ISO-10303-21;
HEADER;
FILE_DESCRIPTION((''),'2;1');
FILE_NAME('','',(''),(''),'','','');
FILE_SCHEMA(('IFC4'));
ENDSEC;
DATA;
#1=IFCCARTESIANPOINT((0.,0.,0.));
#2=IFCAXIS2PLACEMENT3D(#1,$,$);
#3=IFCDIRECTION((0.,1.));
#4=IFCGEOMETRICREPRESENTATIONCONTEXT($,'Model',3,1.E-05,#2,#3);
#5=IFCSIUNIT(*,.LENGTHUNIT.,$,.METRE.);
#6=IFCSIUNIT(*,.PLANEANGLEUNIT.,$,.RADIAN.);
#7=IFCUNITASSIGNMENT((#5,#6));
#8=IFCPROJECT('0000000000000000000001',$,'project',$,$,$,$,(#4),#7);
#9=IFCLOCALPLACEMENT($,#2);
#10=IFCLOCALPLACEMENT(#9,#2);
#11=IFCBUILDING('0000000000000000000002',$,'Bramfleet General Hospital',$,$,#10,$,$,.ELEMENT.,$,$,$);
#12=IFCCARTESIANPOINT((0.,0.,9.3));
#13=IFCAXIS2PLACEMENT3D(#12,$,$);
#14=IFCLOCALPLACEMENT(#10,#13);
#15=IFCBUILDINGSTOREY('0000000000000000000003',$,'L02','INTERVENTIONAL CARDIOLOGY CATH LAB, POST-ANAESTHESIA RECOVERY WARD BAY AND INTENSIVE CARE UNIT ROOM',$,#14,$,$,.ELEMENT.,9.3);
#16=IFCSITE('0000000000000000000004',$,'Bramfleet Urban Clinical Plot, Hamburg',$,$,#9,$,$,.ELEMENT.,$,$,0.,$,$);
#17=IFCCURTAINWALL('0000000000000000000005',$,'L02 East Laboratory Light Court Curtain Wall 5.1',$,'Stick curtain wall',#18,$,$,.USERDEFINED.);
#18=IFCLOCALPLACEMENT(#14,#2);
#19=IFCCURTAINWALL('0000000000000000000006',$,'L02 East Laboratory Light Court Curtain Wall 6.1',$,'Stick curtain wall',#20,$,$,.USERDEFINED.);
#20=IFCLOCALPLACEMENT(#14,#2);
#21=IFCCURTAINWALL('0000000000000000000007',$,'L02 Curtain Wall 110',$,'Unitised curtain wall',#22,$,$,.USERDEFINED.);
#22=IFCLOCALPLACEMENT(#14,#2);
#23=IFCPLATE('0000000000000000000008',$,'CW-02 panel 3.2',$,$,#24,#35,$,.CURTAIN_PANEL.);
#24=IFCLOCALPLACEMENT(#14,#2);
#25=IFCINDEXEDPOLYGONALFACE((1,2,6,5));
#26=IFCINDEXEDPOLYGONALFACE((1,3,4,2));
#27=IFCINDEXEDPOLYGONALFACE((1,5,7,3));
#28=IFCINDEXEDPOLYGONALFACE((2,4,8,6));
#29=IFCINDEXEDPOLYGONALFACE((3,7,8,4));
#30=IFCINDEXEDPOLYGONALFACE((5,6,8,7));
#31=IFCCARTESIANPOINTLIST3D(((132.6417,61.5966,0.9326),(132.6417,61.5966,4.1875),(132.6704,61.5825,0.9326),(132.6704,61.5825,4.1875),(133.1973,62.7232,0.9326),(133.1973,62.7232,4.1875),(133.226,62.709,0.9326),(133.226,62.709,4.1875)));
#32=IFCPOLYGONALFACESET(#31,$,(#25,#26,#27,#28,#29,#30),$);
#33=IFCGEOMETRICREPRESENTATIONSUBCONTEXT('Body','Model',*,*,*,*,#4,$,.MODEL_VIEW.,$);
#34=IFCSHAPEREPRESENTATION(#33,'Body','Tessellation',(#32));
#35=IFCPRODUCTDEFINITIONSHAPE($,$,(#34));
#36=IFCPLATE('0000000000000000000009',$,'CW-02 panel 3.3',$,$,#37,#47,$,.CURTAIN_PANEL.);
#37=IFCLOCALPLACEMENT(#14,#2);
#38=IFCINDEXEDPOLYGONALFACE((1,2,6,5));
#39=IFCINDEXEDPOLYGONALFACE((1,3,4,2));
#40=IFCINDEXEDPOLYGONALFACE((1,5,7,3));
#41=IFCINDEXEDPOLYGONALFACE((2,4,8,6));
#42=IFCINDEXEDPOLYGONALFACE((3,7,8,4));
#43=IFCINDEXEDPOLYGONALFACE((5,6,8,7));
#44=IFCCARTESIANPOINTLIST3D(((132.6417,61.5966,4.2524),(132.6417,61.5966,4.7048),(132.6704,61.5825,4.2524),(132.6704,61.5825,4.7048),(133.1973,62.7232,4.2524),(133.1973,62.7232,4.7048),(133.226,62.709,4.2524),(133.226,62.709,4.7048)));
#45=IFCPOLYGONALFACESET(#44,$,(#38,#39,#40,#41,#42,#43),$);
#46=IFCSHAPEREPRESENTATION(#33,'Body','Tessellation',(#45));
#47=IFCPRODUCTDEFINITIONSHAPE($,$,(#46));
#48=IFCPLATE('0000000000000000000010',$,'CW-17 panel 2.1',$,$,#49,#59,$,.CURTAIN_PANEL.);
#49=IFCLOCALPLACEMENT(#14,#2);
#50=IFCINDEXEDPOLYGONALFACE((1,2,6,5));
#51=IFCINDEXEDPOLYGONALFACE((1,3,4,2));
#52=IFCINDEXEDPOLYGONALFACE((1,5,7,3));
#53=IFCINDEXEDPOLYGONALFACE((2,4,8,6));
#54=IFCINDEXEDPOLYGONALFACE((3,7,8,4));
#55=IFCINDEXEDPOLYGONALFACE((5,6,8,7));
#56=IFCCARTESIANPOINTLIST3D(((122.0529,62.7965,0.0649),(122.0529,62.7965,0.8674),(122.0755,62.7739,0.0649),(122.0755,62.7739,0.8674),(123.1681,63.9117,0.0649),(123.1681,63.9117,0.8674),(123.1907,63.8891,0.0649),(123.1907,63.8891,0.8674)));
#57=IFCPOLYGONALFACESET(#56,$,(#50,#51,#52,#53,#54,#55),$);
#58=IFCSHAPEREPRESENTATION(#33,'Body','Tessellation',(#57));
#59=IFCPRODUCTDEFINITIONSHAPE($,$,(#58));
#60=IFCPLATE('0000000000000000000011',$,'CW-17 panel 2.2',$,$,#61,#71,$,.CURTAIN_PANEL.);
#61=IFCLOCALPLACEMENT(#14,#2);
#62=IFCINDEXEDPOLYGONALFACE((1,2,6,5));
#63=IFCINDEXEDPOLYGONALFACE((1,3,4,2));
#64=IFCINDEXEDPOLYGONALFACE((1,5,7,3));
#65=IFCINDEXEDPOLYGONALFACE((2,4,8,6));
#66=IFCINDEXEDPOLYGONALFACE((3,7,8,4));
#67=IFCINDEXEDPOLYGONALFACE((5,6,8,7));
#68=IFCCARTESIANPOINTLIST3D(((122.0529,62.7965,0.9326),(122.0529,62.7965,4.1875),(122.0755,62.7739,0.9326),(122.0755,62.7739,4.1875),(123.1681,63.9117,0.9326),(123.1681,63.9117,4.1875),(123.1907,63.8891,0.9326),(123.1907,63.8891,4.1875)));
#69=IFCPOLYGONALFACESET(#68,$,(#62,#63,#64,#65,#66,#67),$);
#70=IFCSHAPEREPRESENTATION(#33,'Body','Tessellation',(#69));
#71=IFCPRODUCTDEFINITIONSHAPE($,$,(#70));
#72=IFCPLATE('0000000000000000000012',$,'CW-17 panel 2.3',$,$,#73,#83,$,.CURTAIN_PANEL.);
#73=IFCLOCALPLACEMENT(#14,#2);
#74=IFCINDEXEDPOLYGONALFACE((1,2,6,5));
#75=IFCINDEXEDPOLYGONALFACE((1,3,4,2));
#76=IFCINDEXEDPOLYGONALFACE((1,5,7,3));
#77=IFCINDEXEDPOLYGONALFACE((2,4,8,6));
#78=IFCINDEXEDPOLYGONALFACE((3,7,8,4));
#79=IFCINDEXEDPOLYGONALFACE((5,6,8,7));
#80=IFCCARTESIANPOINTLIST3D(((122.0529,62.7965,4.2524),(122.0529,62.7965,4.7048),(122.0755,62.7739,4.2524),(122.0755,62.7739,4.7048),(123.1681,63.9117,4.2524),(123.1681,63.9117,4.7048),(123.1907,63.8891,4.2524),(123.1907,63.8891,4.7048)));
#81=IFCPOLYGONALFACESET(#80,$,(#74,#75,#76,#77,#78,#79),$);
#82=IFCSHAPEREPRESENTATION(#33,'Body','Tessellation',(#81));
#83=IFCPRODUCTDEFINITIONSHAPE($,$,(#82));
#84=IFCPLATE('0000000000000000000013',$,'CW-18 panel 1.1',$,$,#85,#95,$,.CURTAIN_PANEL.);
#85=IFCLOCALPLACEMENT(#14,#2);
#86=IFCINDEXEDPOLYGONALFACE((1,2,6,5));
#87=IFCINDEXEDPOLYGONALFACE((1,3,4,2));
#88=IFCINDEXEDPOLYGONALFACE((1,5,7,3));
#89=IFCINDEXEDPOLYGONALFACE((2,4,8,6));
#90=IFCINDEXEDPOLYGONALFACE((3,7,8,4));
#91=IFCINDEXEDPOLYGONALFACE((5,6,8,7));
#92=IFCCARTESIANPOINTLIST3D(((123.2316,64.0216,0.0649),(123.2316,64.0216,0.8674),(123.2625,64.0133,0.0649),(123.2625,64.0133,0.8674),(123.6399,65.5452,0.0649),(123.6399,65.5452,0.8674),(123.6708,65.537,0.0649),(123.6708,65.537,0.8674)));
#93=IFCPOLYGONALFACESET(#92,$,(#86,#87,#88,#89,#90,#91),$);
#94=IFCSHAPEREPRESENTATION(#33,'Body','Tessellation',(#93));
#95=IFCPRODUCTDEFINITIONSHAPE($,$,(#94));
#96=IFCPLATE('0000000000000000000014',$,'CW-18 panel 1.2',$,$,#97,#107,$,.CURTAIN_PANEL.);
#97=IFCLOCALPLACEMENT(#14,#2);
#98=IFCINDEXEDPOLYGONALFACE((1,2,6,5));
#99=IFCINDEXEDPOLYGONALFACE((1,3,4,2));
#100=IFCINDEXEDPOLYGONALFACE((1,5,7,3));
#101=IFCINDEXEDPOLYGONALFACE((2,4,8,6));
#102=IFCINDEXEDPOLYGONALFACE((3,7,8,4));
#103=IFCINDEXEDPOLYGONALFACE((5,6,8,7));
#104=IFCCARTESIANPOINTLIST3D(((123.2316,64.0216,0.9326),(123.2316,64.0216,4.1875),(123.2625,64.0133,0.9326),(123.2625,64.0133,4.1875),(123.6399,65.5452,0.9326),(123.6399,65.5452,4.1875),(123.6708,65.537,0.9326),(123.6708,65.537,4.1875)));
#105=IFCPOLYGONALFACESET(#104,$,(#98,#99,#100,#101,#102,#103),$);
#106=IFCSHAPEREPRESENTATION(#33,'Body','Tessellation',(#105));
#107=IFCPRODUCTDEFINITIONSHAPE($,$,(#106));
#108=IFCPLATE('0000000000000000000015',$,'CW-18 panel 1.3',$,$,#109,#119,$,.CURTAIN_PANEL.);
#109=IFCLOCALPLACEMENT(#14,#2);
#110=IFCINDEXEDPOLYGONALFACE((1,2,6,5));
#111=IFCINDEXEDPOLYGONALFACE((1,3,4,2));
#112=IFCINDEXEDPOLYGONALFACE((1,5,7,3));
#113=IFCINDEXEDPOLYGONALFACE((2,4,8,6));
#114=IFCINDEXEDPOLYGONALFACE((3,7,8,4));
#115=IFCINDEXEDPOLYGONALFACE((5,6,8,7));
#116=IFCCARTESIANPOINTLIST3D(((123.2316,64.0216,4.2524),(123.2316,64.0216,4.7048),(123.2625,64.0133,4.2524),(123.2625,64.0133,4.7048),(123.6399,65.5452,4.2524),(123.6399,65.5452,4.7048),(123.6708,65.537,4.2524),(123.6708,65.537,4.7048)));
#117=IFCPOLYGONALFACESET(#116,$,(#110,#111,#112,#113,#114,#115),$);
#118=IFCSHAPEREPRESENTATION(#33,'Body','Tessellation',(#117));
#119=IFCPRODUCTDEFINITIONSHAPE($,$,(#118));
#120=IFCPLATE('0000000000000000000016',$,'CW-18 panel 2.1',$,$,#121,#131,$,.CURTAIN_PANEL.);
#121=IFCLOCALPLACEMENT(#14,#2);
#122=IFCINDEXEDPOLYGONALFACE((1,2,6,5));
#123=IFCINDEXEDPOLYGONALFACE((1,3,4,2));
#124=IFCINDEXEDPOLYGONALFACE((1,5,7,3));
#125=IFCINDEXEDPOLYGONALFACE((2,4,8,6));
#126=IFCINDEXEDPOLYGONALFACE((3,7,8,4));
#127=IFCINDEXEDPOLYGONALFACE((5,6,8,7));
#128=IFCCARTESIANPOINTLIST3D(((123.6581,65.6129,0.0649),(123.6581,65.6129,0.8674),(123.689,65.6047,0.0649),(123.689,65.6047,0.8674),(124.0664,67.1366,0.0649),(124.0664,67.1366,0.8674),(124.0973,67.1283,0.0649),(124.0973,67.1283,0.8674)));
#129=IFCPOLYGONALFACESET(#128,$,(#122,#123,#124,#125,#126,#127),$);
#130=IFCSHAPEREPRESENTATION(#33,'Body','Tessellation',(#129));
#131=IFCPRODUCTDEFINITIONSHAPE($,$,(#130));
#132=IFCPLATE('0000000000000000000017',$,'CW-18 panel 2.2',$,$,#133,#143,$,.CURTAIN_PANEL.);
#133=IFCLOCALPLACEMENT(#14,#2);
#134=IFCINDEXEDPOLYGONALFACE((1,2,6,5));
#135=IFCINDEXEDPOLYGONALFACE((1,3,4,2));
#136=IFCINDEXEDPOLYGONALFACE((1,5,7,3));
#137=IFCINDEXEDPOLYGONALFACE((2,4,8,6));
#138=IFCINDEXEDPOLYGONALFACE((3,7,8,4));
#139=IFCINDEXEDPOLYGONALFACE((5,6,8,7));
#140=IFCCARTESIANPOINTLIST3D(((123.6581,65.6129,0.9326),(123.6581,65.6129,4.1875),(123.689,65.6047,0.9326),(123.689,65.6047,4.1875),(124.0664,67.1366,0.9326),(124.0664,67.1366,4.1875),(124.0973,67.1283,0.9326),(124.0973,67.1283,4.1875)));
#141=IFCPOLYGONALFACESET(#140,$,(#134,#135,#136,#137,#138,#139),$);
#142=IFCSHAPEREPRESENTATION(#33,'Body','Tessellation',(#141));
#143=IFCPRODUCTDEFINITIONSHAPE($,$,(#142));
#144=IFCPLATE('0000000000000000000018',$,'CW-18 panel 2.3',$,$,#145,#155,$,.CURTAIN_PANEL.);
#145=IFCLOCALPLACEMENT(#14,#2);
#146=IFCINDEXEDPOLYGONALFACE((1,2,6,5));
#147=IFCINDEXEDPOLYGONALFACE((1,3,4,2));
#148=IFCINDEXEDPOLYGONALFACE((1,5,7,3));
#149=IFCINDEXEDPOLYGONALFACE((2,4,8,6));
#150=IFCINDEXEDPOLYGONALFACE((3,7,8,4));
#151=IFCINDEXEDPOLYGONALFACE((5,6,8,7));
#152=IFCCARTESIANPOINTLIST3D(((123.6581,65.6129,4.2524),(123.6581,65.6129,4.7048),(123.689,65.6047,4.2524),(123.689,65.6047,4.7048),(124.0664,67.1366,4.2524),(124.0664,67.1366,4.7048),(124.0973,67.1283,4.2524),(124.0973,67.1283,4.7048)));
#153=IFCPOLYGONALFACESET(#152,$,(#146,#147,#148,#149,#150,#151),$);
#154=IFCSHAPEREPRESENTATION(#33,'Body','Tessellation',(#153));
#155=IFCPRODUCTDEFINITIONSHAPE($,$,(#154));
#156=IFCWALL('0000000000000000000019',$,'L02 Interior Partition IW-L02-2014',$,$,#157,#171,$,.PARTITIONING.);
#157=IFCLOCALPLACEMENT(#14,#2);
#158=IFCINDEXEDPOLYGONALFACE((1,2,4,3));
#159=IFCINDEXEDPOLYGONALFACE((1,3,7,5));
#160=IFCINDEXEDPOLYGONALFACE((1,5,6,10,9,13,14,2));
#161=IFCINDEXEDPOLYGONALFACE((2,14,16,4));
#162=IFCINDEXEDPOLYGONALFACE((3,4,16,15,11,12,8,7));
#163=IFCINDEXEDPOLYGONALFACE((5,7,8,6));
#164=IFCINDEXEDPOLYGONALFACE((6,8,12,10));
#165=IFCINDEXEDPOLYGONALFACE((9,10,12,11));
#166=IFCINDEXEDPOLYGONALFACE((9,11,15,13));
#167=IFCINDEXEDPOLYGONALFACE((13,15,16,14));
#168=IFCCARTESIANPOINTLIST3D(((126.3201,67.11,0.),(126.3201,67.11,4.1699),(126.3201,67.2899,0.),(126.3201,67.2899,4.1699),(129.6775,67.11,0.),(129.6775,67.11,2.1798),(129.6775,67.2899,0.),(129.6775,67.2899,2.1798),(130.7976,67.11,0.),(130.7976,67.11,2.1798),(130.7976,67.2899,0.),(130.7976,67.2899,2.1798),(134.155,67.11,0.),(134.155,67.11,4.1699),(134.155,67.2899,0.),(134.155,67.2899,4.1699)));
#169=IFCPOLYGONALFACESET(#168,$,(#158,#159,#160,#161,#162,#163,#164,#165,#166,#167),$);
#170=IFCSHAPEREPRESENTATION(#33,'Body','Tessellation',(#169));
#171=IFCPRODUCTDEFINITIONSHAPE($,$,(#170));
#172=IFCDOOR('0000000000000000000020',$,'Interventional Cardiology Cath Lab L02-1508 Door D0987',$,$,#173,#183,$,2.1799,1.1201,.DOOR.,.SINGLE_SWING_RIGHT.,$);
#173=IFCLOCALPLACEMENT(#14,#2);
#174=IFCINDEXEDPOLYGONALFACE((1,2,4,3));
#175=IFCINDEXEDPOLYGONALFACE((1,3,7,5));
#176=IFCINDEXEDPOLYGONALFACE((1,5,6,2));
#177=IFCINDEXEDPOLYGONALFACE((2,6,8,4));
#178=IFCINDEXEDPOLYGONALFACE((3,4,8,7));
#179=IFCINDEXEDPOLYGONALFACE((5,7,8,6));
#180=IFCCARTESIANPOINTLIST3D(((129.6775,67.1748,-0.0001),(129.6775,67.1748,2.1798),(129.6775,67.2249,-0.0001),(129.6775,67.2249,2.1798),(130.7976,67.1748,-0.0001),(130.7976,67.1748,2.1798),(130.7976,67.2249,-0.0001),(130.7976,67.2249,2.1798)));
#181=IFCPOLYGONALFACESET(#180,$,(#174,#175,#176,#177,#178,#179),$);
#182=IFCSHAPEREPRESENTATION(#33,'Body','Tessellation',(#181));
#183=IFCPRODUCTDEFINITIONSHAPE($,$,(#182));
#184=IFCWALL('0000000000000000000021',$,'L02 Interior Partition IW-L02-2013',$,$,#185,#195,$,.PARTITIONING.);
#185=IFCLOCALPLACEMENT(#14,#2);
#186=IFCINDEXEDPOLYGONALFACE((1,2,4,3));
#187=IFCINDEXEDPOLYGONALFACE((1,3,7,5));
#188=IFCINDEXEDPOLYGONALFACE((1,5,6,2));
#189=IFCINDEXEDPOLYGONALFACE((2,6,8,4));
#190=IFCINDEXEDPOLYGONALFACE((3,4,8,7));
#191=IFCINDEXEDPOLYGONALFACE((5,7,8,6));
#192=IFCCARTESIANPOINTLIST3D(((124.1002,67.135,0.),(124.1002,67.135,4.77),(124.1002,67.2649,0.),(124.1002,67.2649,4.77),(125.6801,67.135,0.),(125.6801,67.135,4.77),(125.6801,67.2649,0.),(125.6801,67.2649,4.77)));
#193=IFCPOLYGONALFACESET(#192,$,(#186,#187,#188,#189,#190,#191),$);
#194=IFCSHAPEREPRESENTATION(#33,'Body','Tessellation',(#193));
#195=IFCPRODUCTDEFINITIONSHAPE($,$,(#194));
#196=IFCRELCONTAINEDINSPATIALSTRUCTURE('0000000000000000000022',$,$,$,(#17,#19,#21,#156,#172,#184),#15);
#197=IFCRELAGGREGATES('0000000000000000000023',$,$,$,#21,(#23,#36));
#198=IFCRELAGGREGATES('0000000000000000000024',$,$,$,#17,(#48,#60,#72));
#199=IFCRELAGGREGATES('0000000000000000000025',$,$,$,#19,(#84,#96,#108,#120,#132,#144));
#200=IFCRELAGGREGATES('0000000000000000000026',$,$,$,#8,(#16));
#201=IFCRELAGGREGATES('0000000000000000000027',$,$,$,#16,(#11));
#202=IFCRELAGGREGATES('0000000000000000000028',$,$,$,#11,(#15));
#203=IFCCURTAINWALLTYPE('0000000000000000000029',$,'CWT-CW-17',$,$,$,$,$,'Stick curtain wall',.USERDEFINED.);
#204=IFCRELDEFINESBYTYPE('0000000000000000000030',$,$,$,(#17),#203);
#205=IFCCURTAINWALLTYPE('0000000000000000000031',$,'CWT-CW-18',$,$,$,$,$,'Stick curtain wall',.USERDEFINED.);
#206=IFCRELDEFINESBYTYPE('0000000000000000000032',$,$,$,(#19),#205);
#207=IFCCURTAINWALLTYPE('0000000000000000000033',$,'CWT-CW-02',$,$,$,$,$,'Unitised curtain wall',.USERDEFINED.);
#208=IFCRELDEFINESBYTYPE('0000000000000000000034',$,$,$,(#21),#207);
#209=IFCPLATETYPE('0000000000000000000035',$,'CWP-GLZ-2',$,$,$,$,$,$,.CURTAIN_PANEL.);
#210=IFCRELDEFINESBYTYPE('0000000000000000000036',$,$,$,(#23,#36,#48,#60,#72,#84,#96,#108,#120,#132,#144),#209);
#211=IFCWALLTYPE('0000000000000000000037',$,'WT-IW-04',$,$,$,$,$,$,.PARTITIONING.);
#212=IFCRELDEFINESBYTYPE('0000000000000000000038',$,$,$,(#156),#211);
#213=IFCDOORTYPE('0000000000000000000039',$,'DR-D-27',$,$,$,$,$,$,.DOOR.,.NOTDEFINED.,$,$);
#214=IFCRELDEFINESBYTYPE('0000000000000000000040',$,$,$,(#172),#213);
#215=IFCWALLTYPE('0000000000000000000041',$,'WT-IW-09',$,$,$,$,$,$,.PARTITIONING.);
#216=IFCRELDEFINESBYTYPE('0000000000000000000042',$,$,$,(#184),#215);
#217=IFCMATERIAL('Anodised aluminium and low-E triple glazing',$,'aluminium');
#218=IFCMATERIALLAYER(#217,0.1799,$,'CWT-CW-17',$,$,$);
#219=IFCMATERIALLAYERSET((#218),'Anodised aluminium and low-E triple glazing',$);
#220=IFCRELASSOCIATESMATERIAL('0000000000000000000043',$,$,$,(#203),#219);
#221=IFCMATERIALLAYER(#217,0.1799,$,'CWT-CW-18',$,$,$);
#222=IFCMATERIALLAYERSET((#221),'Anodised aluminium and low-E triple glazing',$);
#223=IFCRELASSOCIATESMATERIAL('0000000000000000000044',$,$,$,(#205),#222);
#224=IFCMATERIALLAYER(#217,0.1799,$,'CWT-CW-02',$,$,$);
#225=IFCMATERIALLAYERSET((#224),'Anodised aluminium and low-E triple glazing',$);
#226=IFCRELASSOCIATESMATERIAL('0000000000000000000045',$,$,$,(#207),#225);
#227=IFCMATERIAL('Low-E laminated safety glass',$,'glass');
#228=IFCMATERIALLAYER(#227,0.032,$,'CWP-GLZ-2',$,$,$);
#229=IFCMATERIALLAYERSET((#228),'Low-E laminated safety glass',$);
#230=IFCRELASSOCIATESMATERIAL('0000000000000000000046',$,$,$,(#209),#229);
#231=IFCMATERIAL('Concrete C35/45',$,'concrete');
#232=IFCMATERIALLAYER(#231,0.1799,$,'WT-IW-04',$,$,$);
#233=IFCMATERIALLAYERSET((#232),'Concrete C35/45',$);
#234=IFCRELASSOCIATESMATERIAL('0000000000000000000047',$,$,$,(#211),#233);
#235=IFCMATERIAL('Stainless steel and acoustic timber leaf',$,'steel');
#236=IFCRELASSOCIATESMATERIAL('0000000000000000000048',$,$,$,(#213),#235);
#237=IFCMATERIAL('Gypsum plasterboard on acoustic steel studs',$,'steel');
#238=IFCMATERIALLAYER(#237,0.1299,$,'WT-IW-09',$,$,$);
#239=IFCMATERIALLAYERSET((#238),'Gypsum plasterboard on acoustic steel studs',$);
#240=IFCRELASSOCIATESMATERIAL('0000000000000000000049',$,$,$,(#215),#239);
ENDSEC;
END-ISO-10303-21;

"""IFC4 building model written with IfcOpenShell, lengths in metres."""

from ifc_helpers import new_model, si_unit, direction, frame, frame_2d, origin, origin_2d, place, context, subcontext, project, spatial, rectangle, extrude, material, layer, layer_set, type_object, element, fill, aggregate, save


model = new_model("IFC4")

# Units and contexts
model_context = context("Model", 3, precision=1e-05, world=origin(), true_north=direction((0.0, 1.0)))
body_context = subcontext(model_context, "Body", "Model", "MODEL_VIEW")
ifc_project = project(units=[si_unit("LENGTHUNIT", "METRE"), si_unit("PLANEANGLEUNIT", "RADIAN")], contexts=[model_context])

# Site, building, storey
site_placement = place(None, origin())
site = spatial("IfcSite", under=ifc_project, at=site_placement, Name="Bramfleet Urban Clinical Plot, Hamburg", CompositionType="ELEMENT", RefElevation=0.0)
building_placement = place(site_placement, origin())
building = spatial("IfcBuilding", under=site, at=building_placement, Name="Bramfleet General Hospital", CompositionType="ELEMENT")
storey_placement = place(building_placement, frame((0.0, 0.0, 9.3)))
storey = spatial("IfcBuildingStorey", under=building, at=storey_placement, Name="L02", Description="INTERVENTIONAL CARDIOLOGY CATH LAB, POST-ANAESTHESIA RECOVERY WARD BAY AND INTENSIVE CARE UNIT ROOM", CompositionType="ELEMENT", Elevation=9.3)

# Curtain wall
ifc_material_1 = material(Name="Anodised aluminium and low-E triple glazing", Category="aluminium")
ifc_layer_1 = layer(ifc_material_1, 0.1799, Name="CWT-CW-17")
ifc_layer_set_1 = layer_set([ifc_layer_1], Name="Anodised aluminium and low-E triple glazing")
curtain_wall_type_1 = type_object("IfcCurtainWallType", Name="CWT-CW-17", ElementType="Stick curtain wall", PredefinedType="USERDEFINED", material=ifc_layer_set_1)
curtain_wall_1_placement = place(storey_placement, origin())
curtain_wall_1 = element("IfcCurtainWall", 1, at=curtain_wall_1_placement, inside=storey, type_object=curtain_wall_type_1, Name="L02 East Laboratory Light Court Curtain Wall 5.1", ObjectType="Stick curtain wall", PredefinedType="USERDEFINED")

# Curtain wall
ifc_layer_2 = layer(ifc_material_1, 0.1799, Name="CWT-CW-18")
ifc_layer_set_2 = layer_set([ifc_layer_2], Name="Anodised aluminium and low-E triple glazing")
curtain_wall_type_2 = type_object("IfcCurtainWallType", Name="CWT-CW-18", ElementType="Stick curtain wall", PredefinedType="USERDEFINED", material=ifc_layer_set_2)
curtain_wall_2_placement = place(storey_placement, origin())
curtain_wall_2 = element("IfcCurtainWall", 2, at=curtain_wall_2_placement, inside=storey, type_object=curtain_wall_type_2, Name="L02 East Laboratory Light Court Curtain Wall 6.1", ObjectType="Stick curtain wall", PredefinedType="USERDEFINED")

# Curtain wall, plates
ifc_layer_3 = layer(ifc_material_1, 0.1799, Name="CWT-CW-02")
ifc_layer_set_3 = layer_set([ifc_layer_3], Name="Anodised aluminium and low-E triple glazing")
curtain_wall_type_3 = type_object("IfcCurtainWallType", Name="CWT-CW-02", ElementType="Unitised curtain wall", PredefinedType="USERDEFINED", material=ifc_layer_set_3)
curtain_wall_3_placement = place(storey_placement, origin())
curtain_wall_3 = element("IfcCurtainWall", 3, at=curtain_wall_3_placement, inside=storey, type_object=curtain_wall_type_3, Name="L02 Curtain Wall 110", ObjectType="Unitised curtain wall", PredefinedType="USERDEFINED")
ifc_material_2 = material(Name="Low-E laminated safety glass", Category="glass")
ifc_layer_4 = layer(ifc_material_2, 0.032, Name="CWP-GLZ-2")
ifc_layer_set_4 = layer_set([ifc_layer_4], Name="Low-E laminated safety glass")
plate_type = type_object("IfcPlateType", Name="CWP-GLZ-2", PredefinedType="CURTAIN_PANEL", material=ifc_layer_set_4)
plate_1_placement = place(storey_placement, frame((132.9338, 62.1528, 0.9326), z_axis=(0.0, 0.0, 1.0), x_axis=(-0.442305, -0.896865, 0.0)))
plate_1 = element("IfcPlate", 4, at=plate_1_placement, type_object=plate_type, Name="CW-02 panel 3.2", PredefinedType="CURTAIN_PANEL", context=body_context, shape_type="SweptSolid", body=[
    extrude(rectangle(XDim=1.2561, YDim=0.032, at=origin_2d()), origin(), (0.0, 0.0, 1.0), 3.2549),
])
plate_2_placement = place(storey_placement, frame((132.9338, 62.1528, 4.2524), z_axis=(0.0, 0.0, 1.0), x_axis=(-0.442305, -0.896865, 0.0)))
plate_2 = element("IfcPlate", 5, at=plate_2_placement, type_object=plate_type, Name="CW-02 panel 3.3", PredefinedType="CURTAIN_PANEL", context=body_context, shape_type="SweptSolid", body=[
    extrude(rectangle(XDim=1.2561, YDim=0.032, at=origin_2d()), origin(), (0.0, 0.0, 1.0), 0.4524),
])
aggregate(curtain_wall_3, [plate_1, plate_2])

# Plates
plate_3_placement = place(storey_placement, frame((122.6218, 63.3428, 0.0649), z_axis=(0.0, 0.0, 1.0), x_axis=(0.707107, 0.707107, 0.0)))
plate_3 = element("IfcPlate", 6, at=plate_3_placement, type_object=plate_type, Name="CW-17 panel 2.1", PredefinedType="CURTAIN_PANEL", context=body_context, shape_type="SweptSolid", body=[
    extrude(rectangle(XDim=1.5771, YDim=0.032, at=origin_2d()), origin(), (0.0, 0.0, 1.0), 0.8025),
])
plate_4_placement = place(storey_placement, frame((122.6218, 63.3428, 0.9326), z_axis=(0.0, 0.0, 1.0), x_axis=(0.707107, 0.707107, 0.0)))
plate_4 = element("IfcPlate", 7, at=plate_4_placement, type_object=plate_type, Name="CW-17 panel 2.2", PredefinedType="CURTAIN_PANEL", context=body_context, shape_type="SweptSolid", body=[
    extrude(rectangle(XDim=1.5771, YDim=0.032, at=origin_2d()), origin(), (0.0, 0.0, 1.0), 3.2549),
])
plate_5_placement = place(storey_placement, frame((122.6218, 63.3428, 4.2524), z_axis=(0.0, 0.0, 1.0), x_axis=(0.707107, 0.707107, 0.0)))
plate_5 = element("IfcPlate", 8, at=plate_5_placement, type_object=plate_type, Name="CW-17 panel 2.3", PredefinedType="CURTAIN_PANEL", context=body_context, shape_type="SweptSolid", body=[
    extrude(rectangle(XDim=1.5771, YDim=0.032, at=origin_2d()), origin(), (0.0, 0.0, 1.0), 0.4524),
])
aggregate(curtain_wall_1, [plate_3, plate_4, plate_5])
plate_6_placement = place(storey_placement, frame((123.4512, 64.7793, 0.0649), z_axis=(0.0, 0.0, 1.0), x_axis=(0.258865, 0.965914, 0.0)))
plate_6 = element("IfcPlate", 9, at=plate_6_placement, type_object=plate_type, Name="CW-18 panel 1.1", PredefinedType="CURTAIN_PANEL", context=body_context, shape_type="SweptSolid", body=[
    extrude(rectangle(XDim=1.5774, YDim=0.032, at=origin_2d()), origin(), (0.0, 0.0, 1.0), 0.8025),
])
plate_7_placement = place(storey_placement, frame((123.4512, 64.7793, 0.9326), z_axis=(0.0, 0.0, 1.0), x_axis=(0.258865, 0.965914, 0.0)))
plate_7 = element("IfcPlate", 10, at=plate_7_placement, type_object=plate_type, Name="CW-18 panel 1.2", PredefinedType="CURTAIN_PANEL", context=body_context, shape_type="SweptSolid", body=[
    extrude(rectangle(XDim=1.5774, YDim=0.032, at=origin_2d()), origin(), (0.0, 0.0, 1.0), 3.2549),
])
plate_8_placement = place(storey_placement, frame((123.4512, 64.7793, 4.2524), z_axis=(0.0, 0.0, 1.0), x_axis=(0.258865, 0.965914, 0.0)))
plate_8 = element("IfcPlate", 11, at=plate_8_placement, type_object=plate_type, Name="CW-18 panel 1.3", PredefinedType="CURTAIN_PANEL", context=body_context, shape_type="SweptSolid", body=[
    extrude(rectangle(XDim=1.5774, YDim=0.032, at=origin_2d()), origin(), (0.0, 0.0, 1.0), 0.4524),
])
plate_9_placement = place(storey_placement, frame((123.8777, 66.3706, 0.0649), z_axis=(0.0, 0.0, 1.0), x_axis=(0.258865, 0.965914, 0.0)))
plate_9 = element("IfcPlate", 12, at=plate_9_placement, type_object=plate_type, Name="CW-18 panel 2.1", PredefinedType="CURTAIN_PANEL", context=body_context, shape_type="SweptSolid", body=[
    extrude(rectangle(XDim=1.5774, YDim=0.032, at=origin_2d()), origin(), (0.0, 0.0, 1.0), 0.8025),
])
plate_10_placement = place(storey_placement, frame((123.8777, 66.3706, 0.9326), z_axis=(0.0, 0.0, 1.0), x_axis=(0.258865, 0.965914, 0.0)))
plate_10 = element("IfcPlate", 13, at=plate_10_placement, type_object=plate_type, Name="CW-18 panel 2.2", PredefinedType="CURTAIN_PANEL", context=body_context, shape_type="SweptSolid", body=[
    extrude(rectangle(XDim=1.5774, YDim=0.032, at=origin_2d()), origin(), (0.0, 0.0, 1.0), 3.2549),
])
plate_11_placement = place(storey_placement, frame((123.8777, 66.3706, 4.2524), z_axis=(0.0, 0.0, 1.0), x_axis=(0.258865, 0.965914, 0.0)))
plate_11 = element("IfcPlate", 14, at=plate_11_placement, type_object=plate_type, Name="CW-18 panel 2.3", PredefinedType="CURTAIN_PANEL", context=body_context, shape_type="SweptSolid", body=[
    extrude(rectangle(XDim=1.5774, YDim=0.032, at=origin_2d()), origin(), (0.0, 0.0, 1.0), 0.4524),
])
aggregate(curtain_wall_2, [plate_6, plate_7, plate_8, plate_9, plate_10, plate_11])

# Wall, opening, door
ifc_material_3 = material(Name="Concrete C35/45", Category="concrete")
ifc_layer_5 = layer(ifc_material_3, 0.1799, Name="WT-IW-04")
ifc_layer_set_5 = layer_set([ifc_layer_5], Name="Concrete C35/45")
wall_type_1 = type_object("IfcWallType", Name="WT-IW-04", PredefinedType="PARTITIONING", material=ifc_layer_set_5)
wall_1_placement = place(storey_placement, frame((126.3201, 67.2, 0.0), z_axis=(0.0, 0.0, 1.0), x_axis=(1.0, 0.0, 0.0)))
wall_1 = element("IfcWall", 15, at=wall_1_placement, inside=storey, type_object=wall_type_1, Name="L02 Interior Partition IW-L02-2014", PredefinedType="PARTITIONING", context=body_context, shape_type="SweptSolid", body=[
    extrude(rectangle(XDim=7.835, YDim=0.1799, at=frame_2d((3.9175, 0.0))), origin(), (0.0, 0.0, 1.0), 4.1699),
])
opening_placement = place(wall_1_placement, frame((3.3574, 0.0, 0.0)))
opening = element("IfcOpeningElement", 16, at=opening_placement, cuts=wall_1, PredefinedType="OPENING", context=body_context, shape_type="SweptSolid", body=[
    extrude(rectangle(XDim=1.1201, YDim=2.1799, at=frame_2d((0.5601, 1.0898))), frame((0.0, 0.0999, 0.0), z_axis=(0.0, -1.0, 0.0), x_axis=(1.0, 0.0, 0.0)), (0.0, 0.0, 1.0), 0.2),
])
ifc_material_4 = material(Name="Stainless steel and acoustic timber leaf", Category="steel")
door_type = type_object("IfcDoorType", Name="DR-D-27", OperationType="NOTDEFINED", PredefinedType="DOOR", material=ifc_material_4)
door_placement = place(opening_placement, origin())
door = element("IfcDoor", 17, at=door_placement, inside=storey, type_object=door_type, Name="Interventional Cardiology Cath Lab L02-1508 Door D0987", OperationType="SINGLE_SWING_RIGHT", OverallHeight=2.1799, OverallWidth=1.1201, PredefinedType="DOOR", context=body_context, shape_type="SweptSolid", body=[
    extrude(rectangle(XDim=1.1201, YDim=2.1799, at=frame_2d((0.5601, 1.0898))), frame((0.0, 0.0249, 0.0), z_axis=(0.0, -1.0, 0.0), x_axis=(1.0, 0.0, 0.0)), (0.0, 0.0, 1.0), 0.05),
])
fill(opening, door)

# Wall
ifc_material_5 = material(Name="Gypsum plasterboard on acoustic steel studs", Category="steel")
ifc_layer_6 = layer(ifc_material_5, 0.1299, Name="WT-IW-09")
ifc_layer_set_6 = layer_set([ifc_layer_6], Name="Gypsum plasterboard on acoustic steel studs")
wall_type_2 = type_object("IfcWallType", Name="WT-IW-09", PredefinedType="PARTITIONING", material=ifc_layer_set_6)
wall_2_placement = place(storey_placement, frame((124.1001, 67.2, 0.0), z_axis=(0.0, 0.0, 1.0), x_axis=(1.0, 0.0, 0.0)))
element("IfcWall", 18, at=wall_2_placement, inside=storey, type_object=wall_type_2, Name="L02 Interior Partition IW-L02-2013", PredefinedType="PARTITIONING", context=body_context, shape_type="SweptSolid", body=[
    extrude(rectangle(XDim=1.5798, YDim=0.1299, at=frame_2d((0.79, 0.0))), origin(), (0.0, 0.0, 1.0), 4.77),
])

save(model, "model.ifc")
